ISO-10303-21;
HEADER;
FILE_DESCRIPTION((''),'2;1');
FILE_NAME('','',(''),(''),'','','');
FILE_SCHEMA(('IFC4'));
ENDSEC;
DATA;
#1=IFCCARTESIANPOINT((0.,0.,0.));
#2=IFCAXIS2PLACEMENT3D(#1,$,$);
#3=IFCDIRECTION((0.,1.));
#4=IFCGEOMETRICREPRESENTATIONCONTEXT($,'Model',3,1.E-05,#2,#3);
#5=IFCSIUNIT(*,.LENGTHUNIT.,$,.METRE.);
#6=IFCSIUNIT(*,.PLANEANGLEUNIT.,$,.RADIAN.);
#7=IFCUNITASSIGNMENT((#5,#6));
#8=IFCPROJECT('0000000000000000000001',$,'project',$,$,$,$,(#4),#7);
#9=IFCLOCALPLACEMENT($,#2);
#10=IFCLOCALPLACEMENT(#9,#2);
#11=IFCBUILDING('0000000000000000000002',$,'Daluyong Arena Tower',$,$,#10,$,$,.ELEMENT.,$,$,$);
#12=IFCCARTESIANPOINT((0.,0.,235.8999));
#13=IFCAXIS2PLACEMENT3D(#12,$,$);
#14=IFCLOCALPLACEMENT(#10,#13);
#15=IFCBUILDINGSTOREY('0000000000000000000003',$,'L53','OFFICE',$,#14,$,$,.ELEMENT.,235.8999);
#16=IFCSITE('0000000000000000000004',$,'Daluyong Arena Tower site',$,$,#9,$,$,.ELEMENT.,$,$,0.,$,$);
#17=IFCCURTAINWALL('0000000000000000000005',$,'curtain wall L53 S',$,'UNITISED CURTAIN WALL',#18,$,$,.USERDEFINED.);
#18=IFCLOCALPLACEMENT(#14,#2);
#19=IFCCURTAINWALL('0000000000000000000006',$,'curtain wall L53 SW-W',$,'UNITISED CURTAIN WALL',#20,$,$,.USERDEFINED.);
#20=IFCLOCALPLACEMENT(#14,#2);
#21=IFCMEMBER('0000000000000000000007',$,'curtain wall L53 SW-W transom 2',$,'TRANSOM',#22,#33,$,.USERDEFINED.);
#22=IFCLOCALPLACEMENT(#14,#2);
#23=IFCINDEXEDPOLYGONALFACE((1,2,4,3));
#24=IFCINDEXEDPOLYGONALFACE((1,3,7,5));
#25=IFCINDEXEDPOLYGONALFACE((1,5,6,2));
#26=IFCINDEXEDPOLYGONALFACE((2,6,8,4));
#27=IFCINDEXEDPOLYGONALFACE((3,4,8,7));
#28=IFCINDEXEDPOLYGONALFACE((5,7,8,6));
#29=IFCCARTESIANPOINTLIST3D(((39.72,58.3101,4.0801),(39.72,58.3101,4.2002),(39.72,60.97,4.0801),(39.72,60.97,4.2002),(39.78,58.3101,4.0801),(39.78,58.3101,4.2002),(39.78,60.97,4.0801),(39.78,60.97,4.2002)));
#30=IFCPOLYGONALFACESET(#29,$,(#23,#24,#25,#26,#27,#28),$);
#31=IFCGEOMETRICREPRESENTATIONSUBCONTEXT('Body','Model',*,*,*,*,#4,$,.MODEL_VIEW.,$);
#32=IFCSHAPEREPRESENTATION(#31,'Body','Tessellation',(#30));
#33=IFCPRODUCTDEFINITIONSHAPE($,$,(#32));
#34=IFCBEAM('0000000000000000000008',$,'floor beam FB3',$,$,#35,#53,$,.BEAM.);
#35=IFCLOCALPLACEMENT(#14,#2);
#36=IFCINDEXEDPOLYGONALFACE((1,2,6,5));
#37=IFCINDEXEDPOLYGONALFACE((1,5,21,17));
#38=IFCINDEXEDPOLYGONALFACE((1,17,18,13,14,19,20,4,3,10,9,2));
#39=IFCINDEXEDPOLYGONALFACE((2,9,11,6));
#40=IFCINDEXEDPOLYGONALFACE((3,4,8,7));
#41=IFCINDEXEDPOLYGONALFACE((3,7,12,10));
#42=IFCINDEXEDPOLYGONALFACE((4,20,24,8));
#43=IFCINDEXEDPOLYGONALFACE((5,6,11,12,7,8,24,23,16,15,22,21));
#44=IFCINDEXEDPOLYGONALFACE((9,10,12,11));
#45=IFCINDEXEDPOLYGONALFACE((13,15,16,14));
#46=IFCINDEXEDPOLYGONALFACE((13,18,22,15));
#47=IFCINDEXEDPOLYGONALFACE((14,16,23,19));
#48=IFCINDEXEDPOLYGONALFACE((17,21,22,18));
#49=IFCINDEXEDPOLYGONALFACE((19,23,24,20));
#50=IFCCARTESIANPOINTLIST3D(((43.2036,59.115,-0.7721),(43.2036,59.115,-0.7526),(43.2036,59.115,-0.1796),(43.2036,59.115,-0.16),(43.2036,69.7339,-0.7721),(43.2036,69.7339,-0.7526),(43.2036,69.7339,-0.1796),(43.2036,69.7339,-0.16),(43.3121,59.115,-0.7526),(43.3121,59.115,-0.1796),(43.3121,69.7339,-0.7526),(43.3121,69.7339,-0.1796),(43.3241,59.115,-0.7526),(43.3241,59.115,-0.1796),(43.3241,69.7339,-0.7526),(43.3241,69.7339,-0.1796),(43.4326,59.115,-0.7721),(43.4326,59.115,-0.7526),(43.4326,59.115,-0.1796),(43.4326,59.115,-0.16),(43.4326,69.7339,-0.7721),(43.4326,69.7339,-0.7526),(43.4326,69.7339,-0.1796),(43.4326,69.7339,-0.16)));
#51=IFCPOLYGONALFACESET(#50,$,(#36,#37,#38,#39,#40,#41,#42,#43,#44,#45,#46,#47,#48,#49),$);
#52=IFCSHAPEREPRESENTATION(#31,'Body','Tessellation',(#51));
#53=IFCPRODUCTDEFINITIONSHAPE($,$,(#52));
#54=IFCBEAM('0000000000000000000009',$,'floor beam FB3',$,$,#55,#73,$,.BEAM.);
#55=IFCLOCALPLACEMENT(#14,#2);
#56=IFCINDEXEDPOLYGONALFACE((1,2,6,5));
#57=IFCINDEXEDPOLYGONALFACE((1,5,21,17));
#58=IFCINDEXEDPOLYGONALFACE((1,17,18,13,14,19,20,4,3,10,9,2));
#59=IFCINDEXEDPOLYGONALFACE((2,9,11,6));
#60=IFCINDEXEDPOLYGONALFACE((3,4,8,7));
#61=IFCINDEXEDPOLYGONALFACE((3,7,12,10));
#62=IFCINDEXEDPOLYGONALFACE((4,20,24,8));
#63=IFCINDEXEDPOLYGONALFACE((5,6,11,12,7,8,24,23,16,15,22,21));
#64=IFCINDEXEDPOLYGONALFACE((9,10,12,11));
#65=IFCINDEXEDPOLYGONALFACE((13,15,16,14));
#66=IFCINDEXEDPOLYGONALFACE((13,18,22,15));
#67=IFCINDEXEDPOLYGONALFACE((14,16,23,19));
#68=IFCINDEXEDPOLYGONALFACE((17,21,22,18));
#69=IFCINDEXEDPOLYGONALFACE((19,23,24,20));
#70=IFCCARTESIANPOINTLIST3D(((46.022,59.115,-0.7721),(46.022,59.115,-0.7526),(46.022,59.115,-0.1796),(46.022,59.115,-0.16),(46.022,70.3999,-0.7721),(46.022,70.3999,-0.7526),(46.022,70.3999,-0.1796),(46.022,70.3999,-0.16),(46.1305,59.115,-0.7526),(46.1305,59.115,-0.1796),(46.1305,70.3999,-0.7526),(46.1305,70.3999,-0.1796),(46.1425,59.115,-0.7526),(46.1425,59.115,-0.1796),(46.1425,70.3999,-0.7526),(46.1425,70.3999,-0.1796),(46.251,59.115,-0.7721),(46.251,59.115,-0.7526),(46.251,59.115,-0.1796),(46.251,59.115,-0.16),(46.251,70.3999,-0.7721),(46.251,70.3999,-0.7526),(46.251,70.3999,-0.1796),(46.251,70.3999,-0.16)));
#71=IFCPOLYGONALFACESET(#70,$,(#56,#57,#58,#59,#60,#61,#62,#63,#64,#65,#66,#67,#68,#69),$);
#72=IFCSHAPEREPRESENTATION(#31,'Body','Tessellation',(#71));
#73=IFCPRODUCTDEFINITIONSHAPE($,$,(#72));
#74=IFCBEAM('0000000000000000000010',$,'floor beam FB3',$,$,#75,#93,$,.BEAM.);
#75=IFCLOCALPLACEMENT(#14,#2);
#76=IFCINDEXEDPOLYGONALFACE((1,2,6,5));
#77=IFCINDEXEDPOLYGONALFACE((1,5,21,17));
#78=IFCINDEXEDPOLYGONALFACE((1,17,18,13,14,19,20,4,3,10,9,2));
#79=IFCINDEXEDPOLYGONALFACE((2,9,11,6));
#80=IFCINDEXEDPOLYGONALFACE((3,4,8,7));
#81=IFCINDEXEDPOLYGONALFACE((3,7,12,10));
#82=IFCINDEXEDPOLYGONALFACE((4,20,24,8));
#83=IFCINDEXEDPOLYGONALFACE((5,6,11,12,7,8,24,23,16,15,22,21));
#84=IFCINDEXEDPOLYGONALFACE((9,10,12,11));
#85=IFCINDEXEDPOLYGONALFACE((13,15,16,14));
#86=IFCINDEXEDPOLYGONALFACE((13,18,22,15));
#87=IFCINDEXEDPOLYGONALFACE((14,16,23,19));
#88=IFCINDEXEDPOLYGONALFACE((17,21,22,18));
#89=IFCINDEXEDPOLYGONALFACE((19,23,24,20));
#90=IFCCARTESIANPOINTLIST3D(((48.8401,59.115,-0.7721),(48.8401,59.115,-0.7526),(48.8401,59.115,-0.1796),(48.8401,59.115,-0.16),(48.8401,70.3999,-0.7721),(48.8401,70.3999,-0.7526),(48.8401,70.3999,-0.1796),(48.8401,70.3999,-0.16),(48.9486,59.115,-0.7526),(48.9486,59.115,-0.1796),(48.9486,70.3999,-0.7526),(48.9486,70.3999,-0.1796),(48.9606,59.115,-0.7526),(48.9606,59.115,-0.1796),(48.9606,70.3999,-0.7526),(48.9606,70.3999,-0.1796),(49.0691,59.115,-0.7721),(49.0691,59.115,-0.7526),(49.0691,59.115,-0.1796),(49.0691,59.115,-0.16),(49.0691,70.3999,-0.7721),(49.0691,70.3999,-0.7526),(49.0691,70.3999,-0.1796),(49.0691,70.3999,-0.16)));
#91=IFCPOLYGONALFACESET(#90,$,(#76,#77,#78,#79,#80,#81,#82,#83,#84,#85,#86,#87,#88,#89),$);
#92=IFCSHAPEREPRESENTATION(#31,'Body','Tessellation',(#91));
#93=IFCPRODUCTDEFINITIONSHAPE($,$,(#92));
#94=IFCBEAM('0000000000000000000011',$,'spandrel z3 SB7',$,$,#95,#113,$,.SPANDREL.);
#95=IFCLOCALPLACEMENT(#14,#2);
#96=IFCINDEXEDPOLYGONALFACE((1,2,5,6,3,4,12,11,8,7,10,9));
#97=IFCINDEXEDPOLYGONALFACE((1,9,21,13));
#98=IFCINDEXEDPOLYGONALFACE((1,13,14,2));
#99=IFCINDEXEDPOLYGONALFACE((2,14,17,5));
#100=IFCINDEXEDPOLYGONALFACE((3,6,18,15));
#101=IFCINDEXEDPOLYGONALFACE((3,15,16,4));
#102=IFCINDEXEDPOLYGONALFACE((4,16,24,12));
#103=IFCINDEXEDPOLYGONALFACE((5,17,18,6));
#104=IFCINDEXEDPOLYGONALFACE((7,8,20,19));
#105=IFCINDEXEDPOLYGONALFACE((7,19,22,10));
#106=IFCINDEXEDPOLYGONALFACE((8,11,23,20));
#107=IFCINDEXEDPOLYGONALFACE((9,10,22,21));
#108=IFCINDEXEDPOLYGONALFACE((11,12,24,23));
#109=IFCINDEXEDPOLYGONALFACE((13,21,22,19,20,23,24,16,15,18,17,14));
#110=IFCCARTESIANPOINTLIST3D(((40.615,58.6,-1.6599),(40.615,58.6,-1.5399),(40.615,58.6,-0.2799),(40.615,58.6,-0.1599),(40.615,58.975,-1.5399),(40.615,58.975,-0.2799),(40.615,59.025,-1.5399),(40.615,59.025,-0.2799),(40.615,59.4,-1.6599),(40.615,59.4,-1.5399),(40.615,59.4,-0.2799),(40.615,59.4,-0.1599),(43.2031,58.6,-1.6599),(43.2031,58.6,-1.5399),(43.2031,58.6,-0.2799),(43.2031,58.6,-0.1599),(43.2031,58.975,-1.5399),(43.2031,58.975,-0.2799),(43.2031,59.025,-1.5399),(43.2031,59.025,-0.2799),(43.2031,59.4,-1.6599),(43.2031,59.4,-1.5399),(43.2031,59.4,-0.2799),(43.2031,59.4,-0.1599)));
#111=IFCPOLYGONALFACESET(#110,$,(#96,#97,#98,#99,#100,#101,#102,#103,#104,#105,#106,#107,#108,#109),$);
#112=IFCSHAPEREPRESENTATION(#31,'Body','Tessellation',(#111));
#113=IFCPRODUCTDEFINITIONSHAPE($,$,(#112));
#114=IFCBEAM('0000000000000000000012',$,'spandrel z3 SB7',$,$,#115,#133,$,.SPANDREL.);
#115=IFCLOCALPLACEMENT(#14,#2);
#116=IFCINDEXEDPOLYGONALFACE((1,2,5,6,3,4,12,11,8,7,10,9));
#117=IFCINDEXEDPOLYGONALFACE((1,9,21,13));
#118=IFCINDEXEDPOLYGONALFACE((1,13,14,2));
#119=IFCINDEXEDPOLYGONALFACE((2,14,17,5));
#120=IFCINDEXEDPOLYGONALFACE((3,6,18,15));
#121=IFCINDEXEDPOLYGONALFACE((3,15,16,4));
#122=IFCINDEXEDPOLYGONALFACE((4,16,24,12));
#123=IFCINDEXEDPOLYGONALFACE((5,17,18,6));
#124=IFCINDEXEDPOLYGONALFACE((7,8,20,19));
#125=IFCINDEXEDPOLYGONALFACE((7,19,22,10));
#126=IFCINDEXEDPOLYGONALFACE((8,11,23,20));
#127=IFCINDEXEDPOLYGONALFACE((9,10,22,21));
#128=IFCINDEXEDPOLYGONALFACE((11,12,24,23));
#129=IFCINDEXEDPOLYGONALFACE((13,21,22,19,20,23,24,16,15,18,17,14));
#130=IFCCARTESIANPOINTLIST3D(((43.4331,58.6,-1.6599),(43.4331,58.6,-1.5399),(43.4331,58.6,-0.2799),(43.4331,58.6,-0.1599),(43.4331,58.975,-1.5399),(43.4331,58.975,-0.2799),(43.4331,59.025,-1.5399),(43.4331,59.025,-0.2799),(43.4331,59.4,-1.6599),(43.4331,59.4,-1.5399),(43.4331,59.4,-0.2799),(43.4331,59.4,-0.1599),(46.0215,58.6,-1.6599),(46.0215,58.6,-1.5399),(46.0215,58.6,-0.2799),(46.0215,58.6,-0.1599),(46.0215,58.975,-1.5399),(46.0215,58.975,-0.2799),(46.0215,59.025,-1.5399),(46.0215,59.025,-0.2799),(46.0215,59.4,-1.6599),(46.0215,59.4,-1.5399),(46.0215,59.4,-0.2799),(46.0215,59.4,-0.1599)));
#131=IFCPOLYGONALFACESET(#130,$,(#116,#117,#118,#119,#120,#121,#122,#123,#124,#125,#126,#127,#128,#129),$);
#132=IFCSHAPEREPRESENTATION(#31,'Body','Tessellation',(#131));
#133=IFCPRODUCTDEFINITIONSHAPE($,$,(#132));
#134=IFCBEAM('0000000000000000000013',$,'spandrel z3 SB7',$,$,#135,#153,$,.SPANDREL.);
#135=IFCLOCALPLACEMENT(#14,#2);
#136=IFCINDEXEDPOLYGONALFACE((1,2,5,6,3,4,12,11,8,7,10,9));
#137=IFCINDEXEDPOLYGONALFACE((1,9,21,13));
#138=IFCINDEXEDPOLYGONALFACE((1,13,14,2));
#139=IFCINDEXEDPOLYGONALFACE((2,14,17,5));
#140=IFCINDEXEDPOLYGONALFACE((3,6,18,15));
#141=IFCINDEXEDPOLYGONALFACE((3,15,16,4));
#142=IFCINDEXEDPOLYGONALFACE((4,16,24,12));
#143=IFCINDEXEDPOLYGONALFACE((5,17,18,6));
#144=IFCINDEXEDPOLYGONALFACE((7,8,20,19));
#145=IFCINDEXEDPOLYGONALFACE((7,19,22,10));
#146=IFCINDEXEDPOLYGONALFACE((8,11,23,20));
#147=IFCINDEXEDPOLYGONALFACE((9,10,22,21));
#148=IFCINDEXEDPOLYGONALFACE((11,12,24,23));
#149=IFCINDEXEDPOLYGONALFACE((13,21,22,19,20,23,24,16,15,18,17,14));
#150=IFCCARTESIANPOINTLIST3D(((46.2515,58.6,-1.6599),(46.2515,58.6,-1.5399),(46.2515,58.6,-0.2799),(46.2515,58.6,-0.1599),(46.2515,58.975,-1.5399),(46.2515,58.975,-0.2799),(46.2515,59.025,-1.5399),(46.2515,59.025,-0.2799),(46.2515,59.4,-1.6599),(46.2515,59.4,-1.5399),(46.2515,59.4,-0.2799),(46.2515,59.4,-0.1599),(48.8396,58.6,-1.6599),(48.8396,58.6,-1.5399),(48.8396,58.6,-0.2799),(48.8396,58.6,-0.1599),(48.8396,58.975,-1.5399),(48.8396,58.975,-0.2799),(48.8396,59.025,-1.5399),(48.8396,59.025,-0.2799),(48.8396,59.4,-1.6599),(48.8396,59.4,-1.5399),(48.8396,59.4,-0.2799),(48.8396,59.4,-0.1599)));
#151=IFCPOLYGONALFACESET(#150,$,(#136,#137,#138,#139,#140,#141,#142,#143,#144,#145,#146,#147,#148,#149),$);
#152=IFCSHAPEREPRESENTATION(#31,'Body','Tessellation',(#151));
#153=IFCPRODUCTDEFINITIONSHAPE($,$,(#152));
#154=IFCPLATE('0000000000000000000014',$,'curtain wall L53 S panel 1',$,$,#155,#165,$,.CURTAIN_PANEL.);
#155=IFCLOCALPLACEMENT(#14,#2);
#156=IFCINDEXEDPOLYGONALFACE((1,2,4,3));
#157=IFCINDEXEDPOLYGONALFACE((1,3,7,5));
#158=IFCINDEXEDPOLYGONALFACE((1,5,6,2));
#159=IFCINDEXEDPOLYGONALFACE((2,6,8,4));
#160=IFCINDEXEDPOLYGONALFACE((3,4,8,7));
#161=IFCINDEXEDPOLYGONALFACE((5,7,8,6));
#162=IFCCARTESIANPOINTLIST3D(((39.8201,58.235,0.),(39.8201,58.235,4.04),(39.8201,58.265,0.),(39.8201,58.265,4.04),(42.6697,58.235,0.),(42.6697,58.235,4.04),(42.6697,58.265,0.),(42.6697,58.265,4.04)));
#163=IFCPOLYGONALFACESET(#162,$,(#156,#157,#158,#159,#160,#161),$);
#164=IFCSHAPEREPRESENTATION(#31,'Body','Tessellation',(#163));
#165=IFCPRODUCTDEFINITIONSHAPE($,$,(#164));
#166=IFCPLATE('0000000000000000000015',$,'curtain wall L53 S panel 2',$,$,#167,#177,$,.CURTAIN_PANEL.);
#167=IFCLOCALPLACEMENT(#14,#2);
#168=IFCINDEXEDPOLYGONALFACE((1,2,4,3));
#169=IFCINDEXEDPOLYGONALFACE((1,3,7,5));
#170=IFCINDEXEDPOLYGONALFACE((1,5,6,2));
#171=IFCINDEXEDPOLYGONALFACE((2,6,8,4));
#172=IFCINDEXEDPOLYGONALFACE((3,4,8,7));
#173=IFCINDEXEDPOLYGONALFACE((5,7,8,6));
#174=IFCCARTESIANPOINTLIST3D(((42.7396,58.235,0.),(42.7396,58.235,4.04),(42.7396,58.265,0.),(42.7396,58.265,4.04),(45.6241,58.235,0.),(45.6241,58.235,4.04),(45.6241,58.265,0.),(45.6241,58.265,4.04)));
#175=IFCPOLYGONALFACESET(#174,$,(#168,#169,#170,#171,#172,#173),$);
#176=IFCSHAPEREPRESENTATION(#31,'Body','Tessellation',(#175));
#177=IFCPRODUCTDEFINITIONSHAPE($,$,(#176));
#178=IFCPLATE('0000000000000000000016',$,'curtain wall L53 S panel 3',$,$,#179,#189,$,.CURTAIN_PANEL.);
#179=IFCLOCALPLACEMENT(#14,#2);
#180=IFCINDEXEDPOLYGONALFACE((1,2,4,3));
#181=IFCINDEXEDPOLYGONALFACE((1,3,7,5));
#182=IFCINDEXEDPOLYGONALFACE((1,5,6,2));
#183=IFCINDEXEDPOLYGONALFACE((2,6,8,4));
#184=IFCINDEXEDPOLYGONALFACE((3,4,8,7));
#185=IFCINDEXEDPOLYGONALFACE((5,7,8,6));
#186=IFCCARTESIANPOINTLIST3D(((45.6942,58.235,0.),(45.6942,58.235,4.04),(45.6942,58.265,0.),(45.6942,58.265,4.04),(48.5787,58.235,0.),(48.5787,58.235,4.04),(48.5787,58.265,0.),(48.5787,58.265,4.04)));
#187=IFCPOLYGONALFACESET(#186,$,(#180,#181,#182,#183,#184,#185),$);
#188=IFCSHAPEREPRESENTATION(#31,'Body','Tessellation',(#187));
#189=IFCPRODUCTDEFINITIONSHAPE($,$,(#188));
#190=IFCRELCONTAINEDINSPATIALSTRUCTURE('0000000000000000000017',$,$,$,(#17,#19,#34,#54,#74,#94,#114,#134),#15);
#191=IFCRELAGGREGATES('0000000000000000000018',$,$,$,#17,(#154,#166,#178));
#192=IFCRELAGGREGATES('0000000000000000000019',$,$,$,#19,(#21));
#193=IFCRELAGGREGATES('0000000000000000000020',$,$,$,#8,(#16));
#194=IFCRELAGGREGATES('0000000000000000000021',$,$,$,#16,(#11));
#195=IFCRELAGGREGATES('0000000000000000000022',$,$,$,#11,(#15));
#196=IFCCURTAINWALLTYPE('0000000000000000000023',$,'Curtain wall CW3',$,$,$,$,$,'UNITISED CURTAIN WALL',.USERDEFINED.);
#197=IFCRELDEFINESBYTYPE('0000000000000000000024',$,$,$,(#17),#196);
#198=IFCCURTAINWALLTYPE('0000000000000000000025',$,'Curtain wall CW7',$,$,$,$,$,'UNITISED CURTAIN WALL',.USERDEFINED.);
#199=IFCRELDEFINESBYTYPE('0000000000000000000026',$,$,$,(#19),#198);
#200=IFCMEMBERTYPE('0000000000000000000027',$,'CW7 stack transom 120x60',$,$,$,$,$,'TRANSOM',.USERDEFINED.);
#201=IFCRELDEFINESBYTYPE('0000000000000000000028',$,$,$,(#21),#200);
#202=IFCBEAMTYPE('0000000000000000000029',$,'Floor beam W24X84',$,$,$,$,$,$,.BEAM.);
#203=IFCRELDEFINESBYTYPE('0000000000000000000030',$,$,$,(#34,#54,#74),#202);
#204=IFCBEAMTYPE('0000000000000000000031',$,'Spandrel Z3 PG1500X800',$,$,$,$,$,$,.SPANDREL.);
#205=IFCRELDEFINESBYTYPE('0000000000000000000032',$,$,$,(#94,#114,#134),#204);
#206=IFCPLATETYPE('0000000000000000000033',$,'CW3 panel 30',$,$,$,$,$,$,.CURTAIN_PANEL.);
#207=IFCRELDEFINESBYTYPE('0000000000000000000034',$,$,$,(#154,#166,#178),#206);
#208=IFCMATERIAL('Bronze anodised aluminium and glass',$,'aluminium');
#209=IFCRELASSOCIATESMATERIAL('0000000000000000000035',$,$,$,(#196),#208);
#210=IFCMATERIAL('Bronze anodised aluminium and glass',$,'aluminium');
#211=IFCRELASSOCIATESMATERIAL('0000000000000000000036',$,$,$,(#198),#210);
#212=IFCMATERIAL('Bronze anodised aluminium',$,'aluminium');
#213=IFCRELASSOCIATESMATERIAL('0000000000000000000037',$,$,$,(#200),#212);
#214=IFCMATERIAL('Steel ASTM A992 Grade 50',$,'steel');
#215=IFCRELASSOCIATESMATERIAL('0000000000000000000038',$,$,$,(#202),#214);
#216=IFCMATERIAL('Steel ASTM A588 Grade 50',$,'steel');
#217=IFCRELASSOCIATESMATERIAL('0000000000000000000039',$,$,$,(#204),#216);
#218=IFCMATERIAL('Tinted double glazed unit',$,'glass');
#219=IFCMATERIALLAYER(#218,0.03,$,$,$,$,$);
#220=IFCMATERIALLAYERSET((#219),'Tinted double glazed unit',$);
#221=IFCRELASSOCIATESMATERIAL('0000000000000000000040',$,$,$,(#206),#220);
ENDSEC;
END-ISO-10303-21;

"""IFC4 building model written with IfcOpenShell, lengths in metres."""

from ifc_helpers import new_model, si_unit, direction, frame, origin, origin_2d, place, context, subcontext, project, spatial, rectangle, i_section, extrude, material, layer, layer_set, material_profile, profile_set, type_object, element, aggregate, save


model = new_model("IFC4")

# Units and contexts
model_context = context("Model", 3, precision=1e-05, world=origin(), true_north=direction((0.0, 1.0)))
body_context = subcontext(model_context, "Body", "Model", "MODEL_VIEW")
ifc_project = project(units=[si_unit("LENGTHUNIT", "METRE"), si_unit("PLANEANGLEUNIT", "RADIAN")], contexts=[model_context])

# Site, building, storey
site_placement = place(None, origin())
site = spatial("IfcSite", under=ifc_project, at=site_placement, Name="Daluyong Arena Tower site", CompositionType="ELEMENT", RefElevation=0.0)
building_placement = place(site_placement, origin())
building = spatial("IfcBuilding", under=site, at=building_placement, Name="Daluyong Arena Tower", CompositionType="ELEMENT")
storey_placement = place(building_placement, frame((0.0, 0.0, 235.8999)))
storey = spatial("IfcBuildingStorey", under=building, at=storey_placement, Name="L53", Description="OFFICE", CompositionType="ELEMENT", Elevation=235.8999)

# Curtain walls, member
ifc_material_1 = material(Name="Bronze anodised aluminium and glass", Category="aluminium")
curtain_wall_type_1 = type_object("IfcCurtainWallType", Name="Curtain wall CW3", ElementType="UNITISED CURTAIN WALL", PredefinedType="USERDEFINED", material=ifc_material_1)
curtain_wall_1_placement = place(storey_placement, origin())
curtain_wall_1 = element("IfcCurtainWall", 1, at=curtain_wall_1_placement, inside=storey, type_object=curtain_wall_type_1, Name="curtain wall L53 S", ObjectType="UNITISED CURTAIN WALL", PredefinedType="USERDEFINED")
ifc_material_2 = material(Name="Bronze anodised aluminium and glass", Category="aluminium")
curtain_wall_type_2 = type_object("IfcCurtainWallType", Name="Curtain wall CW7", ElementType="UNITISED CURTAIN WALL", PredefinedType="USERDEFINED", material=ifc_material_2)
curtain_wall_2_placement = place(storey_placement, origin())
curtain_wall_2 = element("IfcCurtainWall", 2, at=curtain_wall_2_placement, inside=storey, type_object=curtain_wall_type_2, Name="curtain wall L53 SW-W", ObjectType="UNITISED CURTAIN WALL", PredefinedType="USERDEFINED")
ifc_material_3 = material(Name="Bronze anodised aluminium", Category="aluminium")
ifc_material_profile_1 = material_profile(ifc_material_3, rectangle(XDim=0.0601, YDim=0.1201, at=origin_2d()))
ifc_profile_set_1 = profile_set([ifc_material_profile_1], Name="Bronze anodised aluminium")
member_type_1 = type_object("IfcMemberType", Name="CW7 stack transom 120x60", ElementType="TRANSOM", PredefinedType="USERDEFINED", material=ifc_profile_set_1)
member_1_placement = place(storey_placement, frame((39.75, 60.97, 4.1401), z_axis=(0.0, -1.0, 0.0), x_axis=(1.0, 0.0, 0.0)))
member_1 = element("IfcMember", 3, at=member_1_placement, type_object=member_type_1, Name="curtain wall L53 SW-W transom 2", ObjectType="TRANSOM", PredefinedType="USERDEFINED", context=body_context, shape_type="SweptSolid", body=[
    extrude(rectangle(XDim=0.0601, YDim=0.1201, at=origin_2d()), origin(), (0.0, 0.0, 1.0), 2.6599),
])

# Beams
ifc_material_4 = material(Name="Steel ASTM A992 Grade 50", Category="steel")
ifc_material_profile_2 = material_profile(ifc_material_4, i_section(OverallWidth=0.229, OverallDepth=0.6121, WebThickness=0.012, FlangeThickness=0.0195, at=origin_2d()))
ifc_profile_set_2 = profile_set([ifc_material_profile_2], Name="Steel ASTM A992 Grade 50")
beam_type_1 = type_object("IfcBeamType", Name="Floor beam W24X84", PredefinedType="BEAM", material=ifc_profile_set_2)
beam_1_placement = place(storey_placement, frame((43.3181, 59.115, -0.4661), z_axis=(0.0, 1.0, 0.0), x_axis=(-1.0, 0.0, 0.0)))
element("IfcBeam", 4, at=beam_1_placement, inside=storey, type_object=beam_type_1, Name="floor beam FB3", PredefinedType="BEAM", context=body_context, shape_type="SweptSolid", body=[
    extrude(i_section(OverallWidth=0.229, OverallDepth=0.6121, WebThickness=0.012, FlangeThickness=0.0195, at=origin_2d()), origin(), (0.0, 0.0, 1.0), 10.6189),
])
for number, where, z_axis, x_axis, name in (
    (5, (46.1365, 59.115, -0.4661), (0.0, 1.0, 0.0), (-1.0, 0.0, 0.0), "floor beam FB3"),
    (6, (48.9546, 59.115, -0.4661), (0.0, 1.0, 0.0), (-1.0, 0.0, 0.0), "floor beam FB3"),
):
    element("IfcBeam", number, at=place(storey_placement, frame(where, z_axis=z_axis, x_axis=x_axis)), inside=storey, type_object=beam_type_1, Name=name, PredefinedType="BEAM", context=body_context, shape_type="SweptSolid", body=[
        extrude(i_section(OverallWidth=0.229, OverallDepth=0.6121, WebThickness=0.012, FlangeThickness=0.0195, at=origin_2d()), origin(), (0.0, 0.0, 1.0), 11.2849),
    ])
ifc_material_5 = material(Name="Steel ASTM A588 Grade 50", Category="steel")
ifc_material_profile_3 = material_profile(ifc_material_5, i_section(OverallWidth=0.8, OverallDepth=1.5, WebThickness=0.05, FlangeThickness=0.12, at=origin_2d()))
ifc_profile_set_3 = profile_set([ifc_material_profile_3], Name="Steel ASTM A588 Grade 50")
beam_type_2 = type_object("IfcBeamType", Name="Spandrel Z3 PG1500X800", PredefinedType="SPANDREL", material=ifc_profile_set_3)
beam_2_placement = place(storey_placement, frame((40.615, 59.0, -0.9099), z_axis=(1.0, 0.0, 0.0), x_axis=(0.0, 1.0, 0.0)))
element("IfcBeam", 7, at=beam_2_placement, inside=storey, type_object=beam_type_2, Name="spandrel z3 SB7", PredefinedType="SPANDREL", context=body_context, shape_type="SweptSolid", body=[
    extrude(i_section(OverallWidth=0.8, OverallDepth=1.5, WebThickness=0.05, FlangeThickness=0.12, at=origin_2d()), origin(), (0.0, 0.0, 1.0), 2.5881),
])
beam_3_placement = place(storey_placement, frame((43.4331, 59.0, -0.9099), z_axis=(1.0, 0.0, 0.0), x_axis=(0.0, 1.0, 0.0)))
element("IfcBeam", 8, at=beam_3_placement, inside=storey, type_object=beam_type_2, Name="spandrel z3 SB7", PredefinedType="SPANDREL", context=body_context, shape_type="SweptSolid", body=[
    extrude(i_section(OverallWidth=0.8, OverallDepth=1.5, WebThickness=0.05, FlangeThickness=0.12, at=origin_2d()), origin(), (0.0, 0.0, 1.0), 2.5884),
])
beam_4_placement = place(storey_placement, frame((46.2515, 59.0, -0.9099), z_axis=(1.0, 0.0, 0.0), x_axis=(0.0, 1.0, 0.0)))
element("IfcBeam", 9, at=beam_4_placement, inside=storey, type_object=beam_type_2, Name="spandrel z3 SB7", PredefinedType="SPANDREL", context=body_context, shape_type="SweptSolid", body=[
    extrude(i_section(OverallWidth=0.8, OverallDepth=1.5, WebThickness=0.05, FlangeThickness=0.12, at=origin_2d()), origin(), (0.0, 0.0, 1.0), 2.5881),
])

# Plates
ifc_material_6 = material(Name="Tinted double glazed unit", Category="glass")
ifc_layer_1 = layer(ifc_material_6, 0.03)
ifc_layer_set_1 = layer_set([ifc_layer_1], Name="Tinted double glazed unit")
plate_type_1 = type_object("IfcPlateType", Name="CW3 panel 30", PredefinedType="CURTAIN_PANEL", material=ifc_layer_set_1)
plate_1_placement = place(storey_placement, frame((41.2449, 58.25, 0.0), z_axis=(0.0, 0.0, 1.0), x_axis=(1.0, 0.0, 0.0)))
plate_1 = element("IfcPlate", 10, at=plate_1_placement, type_object=plate_type_1, Name="curtain wall L53 S panel 1", PredefinedType="CURTAIN_PANEL", context=body_context, shape_type="SweptSolid", body=[
    extrude(rectangle(XDim=2.8496, YDim=0.03, at=origin_2d()), origin(), (0.0, 0.0, 1.0), 4.04),
])
plate_2_placement = place(storey_placement, frame((44.1819, 58.25, 0.0), z_axis=(0.0, 0.0, 1.0), x_axis=(1.0, 0.0, 0.0)))
plate_2 = element("IfcPlate", 11, at=plate_2_placement, type_object=plate_type_1, Name="curtain wall L53 S panel 2", PredefinedType="CURTAIN_PANEL", context=body_context, shape_type="SweptSolid", body=[
    extrude(rectangle(XDim=2.8845, YDim=0.03, at=origin_2d()), origin(), (0.0, 0.0, 1.0), 4.04),
])
plate_3_placement = place(storey_placement, frame((47.1365, 58.25, 0.0), z_axis=(0.0, 0.0, 1.0), x_axis=(1.0, 0.0, 0.0)))
plate_3 = element("IfcPlate", 12, at=plate_3_placement, type_object=plate_type_1, Name="curtain wall L53 S panel 3", PredefinedType="CURTAIN_PANEL", context=body_context, shape_type="SweptSolid", body=[
    extrude(rectangle(XDim=2.8845, YDim=0.03, at=origin_2d()), origin(), (0.0, 0.0, 1.0), 4.04),
])
aggregate(curtain_wall_1, [plate_1, plate_2, plate_3])
aggregate(curtain_wall_2, [member_1])

save(model, "model.ifc")
